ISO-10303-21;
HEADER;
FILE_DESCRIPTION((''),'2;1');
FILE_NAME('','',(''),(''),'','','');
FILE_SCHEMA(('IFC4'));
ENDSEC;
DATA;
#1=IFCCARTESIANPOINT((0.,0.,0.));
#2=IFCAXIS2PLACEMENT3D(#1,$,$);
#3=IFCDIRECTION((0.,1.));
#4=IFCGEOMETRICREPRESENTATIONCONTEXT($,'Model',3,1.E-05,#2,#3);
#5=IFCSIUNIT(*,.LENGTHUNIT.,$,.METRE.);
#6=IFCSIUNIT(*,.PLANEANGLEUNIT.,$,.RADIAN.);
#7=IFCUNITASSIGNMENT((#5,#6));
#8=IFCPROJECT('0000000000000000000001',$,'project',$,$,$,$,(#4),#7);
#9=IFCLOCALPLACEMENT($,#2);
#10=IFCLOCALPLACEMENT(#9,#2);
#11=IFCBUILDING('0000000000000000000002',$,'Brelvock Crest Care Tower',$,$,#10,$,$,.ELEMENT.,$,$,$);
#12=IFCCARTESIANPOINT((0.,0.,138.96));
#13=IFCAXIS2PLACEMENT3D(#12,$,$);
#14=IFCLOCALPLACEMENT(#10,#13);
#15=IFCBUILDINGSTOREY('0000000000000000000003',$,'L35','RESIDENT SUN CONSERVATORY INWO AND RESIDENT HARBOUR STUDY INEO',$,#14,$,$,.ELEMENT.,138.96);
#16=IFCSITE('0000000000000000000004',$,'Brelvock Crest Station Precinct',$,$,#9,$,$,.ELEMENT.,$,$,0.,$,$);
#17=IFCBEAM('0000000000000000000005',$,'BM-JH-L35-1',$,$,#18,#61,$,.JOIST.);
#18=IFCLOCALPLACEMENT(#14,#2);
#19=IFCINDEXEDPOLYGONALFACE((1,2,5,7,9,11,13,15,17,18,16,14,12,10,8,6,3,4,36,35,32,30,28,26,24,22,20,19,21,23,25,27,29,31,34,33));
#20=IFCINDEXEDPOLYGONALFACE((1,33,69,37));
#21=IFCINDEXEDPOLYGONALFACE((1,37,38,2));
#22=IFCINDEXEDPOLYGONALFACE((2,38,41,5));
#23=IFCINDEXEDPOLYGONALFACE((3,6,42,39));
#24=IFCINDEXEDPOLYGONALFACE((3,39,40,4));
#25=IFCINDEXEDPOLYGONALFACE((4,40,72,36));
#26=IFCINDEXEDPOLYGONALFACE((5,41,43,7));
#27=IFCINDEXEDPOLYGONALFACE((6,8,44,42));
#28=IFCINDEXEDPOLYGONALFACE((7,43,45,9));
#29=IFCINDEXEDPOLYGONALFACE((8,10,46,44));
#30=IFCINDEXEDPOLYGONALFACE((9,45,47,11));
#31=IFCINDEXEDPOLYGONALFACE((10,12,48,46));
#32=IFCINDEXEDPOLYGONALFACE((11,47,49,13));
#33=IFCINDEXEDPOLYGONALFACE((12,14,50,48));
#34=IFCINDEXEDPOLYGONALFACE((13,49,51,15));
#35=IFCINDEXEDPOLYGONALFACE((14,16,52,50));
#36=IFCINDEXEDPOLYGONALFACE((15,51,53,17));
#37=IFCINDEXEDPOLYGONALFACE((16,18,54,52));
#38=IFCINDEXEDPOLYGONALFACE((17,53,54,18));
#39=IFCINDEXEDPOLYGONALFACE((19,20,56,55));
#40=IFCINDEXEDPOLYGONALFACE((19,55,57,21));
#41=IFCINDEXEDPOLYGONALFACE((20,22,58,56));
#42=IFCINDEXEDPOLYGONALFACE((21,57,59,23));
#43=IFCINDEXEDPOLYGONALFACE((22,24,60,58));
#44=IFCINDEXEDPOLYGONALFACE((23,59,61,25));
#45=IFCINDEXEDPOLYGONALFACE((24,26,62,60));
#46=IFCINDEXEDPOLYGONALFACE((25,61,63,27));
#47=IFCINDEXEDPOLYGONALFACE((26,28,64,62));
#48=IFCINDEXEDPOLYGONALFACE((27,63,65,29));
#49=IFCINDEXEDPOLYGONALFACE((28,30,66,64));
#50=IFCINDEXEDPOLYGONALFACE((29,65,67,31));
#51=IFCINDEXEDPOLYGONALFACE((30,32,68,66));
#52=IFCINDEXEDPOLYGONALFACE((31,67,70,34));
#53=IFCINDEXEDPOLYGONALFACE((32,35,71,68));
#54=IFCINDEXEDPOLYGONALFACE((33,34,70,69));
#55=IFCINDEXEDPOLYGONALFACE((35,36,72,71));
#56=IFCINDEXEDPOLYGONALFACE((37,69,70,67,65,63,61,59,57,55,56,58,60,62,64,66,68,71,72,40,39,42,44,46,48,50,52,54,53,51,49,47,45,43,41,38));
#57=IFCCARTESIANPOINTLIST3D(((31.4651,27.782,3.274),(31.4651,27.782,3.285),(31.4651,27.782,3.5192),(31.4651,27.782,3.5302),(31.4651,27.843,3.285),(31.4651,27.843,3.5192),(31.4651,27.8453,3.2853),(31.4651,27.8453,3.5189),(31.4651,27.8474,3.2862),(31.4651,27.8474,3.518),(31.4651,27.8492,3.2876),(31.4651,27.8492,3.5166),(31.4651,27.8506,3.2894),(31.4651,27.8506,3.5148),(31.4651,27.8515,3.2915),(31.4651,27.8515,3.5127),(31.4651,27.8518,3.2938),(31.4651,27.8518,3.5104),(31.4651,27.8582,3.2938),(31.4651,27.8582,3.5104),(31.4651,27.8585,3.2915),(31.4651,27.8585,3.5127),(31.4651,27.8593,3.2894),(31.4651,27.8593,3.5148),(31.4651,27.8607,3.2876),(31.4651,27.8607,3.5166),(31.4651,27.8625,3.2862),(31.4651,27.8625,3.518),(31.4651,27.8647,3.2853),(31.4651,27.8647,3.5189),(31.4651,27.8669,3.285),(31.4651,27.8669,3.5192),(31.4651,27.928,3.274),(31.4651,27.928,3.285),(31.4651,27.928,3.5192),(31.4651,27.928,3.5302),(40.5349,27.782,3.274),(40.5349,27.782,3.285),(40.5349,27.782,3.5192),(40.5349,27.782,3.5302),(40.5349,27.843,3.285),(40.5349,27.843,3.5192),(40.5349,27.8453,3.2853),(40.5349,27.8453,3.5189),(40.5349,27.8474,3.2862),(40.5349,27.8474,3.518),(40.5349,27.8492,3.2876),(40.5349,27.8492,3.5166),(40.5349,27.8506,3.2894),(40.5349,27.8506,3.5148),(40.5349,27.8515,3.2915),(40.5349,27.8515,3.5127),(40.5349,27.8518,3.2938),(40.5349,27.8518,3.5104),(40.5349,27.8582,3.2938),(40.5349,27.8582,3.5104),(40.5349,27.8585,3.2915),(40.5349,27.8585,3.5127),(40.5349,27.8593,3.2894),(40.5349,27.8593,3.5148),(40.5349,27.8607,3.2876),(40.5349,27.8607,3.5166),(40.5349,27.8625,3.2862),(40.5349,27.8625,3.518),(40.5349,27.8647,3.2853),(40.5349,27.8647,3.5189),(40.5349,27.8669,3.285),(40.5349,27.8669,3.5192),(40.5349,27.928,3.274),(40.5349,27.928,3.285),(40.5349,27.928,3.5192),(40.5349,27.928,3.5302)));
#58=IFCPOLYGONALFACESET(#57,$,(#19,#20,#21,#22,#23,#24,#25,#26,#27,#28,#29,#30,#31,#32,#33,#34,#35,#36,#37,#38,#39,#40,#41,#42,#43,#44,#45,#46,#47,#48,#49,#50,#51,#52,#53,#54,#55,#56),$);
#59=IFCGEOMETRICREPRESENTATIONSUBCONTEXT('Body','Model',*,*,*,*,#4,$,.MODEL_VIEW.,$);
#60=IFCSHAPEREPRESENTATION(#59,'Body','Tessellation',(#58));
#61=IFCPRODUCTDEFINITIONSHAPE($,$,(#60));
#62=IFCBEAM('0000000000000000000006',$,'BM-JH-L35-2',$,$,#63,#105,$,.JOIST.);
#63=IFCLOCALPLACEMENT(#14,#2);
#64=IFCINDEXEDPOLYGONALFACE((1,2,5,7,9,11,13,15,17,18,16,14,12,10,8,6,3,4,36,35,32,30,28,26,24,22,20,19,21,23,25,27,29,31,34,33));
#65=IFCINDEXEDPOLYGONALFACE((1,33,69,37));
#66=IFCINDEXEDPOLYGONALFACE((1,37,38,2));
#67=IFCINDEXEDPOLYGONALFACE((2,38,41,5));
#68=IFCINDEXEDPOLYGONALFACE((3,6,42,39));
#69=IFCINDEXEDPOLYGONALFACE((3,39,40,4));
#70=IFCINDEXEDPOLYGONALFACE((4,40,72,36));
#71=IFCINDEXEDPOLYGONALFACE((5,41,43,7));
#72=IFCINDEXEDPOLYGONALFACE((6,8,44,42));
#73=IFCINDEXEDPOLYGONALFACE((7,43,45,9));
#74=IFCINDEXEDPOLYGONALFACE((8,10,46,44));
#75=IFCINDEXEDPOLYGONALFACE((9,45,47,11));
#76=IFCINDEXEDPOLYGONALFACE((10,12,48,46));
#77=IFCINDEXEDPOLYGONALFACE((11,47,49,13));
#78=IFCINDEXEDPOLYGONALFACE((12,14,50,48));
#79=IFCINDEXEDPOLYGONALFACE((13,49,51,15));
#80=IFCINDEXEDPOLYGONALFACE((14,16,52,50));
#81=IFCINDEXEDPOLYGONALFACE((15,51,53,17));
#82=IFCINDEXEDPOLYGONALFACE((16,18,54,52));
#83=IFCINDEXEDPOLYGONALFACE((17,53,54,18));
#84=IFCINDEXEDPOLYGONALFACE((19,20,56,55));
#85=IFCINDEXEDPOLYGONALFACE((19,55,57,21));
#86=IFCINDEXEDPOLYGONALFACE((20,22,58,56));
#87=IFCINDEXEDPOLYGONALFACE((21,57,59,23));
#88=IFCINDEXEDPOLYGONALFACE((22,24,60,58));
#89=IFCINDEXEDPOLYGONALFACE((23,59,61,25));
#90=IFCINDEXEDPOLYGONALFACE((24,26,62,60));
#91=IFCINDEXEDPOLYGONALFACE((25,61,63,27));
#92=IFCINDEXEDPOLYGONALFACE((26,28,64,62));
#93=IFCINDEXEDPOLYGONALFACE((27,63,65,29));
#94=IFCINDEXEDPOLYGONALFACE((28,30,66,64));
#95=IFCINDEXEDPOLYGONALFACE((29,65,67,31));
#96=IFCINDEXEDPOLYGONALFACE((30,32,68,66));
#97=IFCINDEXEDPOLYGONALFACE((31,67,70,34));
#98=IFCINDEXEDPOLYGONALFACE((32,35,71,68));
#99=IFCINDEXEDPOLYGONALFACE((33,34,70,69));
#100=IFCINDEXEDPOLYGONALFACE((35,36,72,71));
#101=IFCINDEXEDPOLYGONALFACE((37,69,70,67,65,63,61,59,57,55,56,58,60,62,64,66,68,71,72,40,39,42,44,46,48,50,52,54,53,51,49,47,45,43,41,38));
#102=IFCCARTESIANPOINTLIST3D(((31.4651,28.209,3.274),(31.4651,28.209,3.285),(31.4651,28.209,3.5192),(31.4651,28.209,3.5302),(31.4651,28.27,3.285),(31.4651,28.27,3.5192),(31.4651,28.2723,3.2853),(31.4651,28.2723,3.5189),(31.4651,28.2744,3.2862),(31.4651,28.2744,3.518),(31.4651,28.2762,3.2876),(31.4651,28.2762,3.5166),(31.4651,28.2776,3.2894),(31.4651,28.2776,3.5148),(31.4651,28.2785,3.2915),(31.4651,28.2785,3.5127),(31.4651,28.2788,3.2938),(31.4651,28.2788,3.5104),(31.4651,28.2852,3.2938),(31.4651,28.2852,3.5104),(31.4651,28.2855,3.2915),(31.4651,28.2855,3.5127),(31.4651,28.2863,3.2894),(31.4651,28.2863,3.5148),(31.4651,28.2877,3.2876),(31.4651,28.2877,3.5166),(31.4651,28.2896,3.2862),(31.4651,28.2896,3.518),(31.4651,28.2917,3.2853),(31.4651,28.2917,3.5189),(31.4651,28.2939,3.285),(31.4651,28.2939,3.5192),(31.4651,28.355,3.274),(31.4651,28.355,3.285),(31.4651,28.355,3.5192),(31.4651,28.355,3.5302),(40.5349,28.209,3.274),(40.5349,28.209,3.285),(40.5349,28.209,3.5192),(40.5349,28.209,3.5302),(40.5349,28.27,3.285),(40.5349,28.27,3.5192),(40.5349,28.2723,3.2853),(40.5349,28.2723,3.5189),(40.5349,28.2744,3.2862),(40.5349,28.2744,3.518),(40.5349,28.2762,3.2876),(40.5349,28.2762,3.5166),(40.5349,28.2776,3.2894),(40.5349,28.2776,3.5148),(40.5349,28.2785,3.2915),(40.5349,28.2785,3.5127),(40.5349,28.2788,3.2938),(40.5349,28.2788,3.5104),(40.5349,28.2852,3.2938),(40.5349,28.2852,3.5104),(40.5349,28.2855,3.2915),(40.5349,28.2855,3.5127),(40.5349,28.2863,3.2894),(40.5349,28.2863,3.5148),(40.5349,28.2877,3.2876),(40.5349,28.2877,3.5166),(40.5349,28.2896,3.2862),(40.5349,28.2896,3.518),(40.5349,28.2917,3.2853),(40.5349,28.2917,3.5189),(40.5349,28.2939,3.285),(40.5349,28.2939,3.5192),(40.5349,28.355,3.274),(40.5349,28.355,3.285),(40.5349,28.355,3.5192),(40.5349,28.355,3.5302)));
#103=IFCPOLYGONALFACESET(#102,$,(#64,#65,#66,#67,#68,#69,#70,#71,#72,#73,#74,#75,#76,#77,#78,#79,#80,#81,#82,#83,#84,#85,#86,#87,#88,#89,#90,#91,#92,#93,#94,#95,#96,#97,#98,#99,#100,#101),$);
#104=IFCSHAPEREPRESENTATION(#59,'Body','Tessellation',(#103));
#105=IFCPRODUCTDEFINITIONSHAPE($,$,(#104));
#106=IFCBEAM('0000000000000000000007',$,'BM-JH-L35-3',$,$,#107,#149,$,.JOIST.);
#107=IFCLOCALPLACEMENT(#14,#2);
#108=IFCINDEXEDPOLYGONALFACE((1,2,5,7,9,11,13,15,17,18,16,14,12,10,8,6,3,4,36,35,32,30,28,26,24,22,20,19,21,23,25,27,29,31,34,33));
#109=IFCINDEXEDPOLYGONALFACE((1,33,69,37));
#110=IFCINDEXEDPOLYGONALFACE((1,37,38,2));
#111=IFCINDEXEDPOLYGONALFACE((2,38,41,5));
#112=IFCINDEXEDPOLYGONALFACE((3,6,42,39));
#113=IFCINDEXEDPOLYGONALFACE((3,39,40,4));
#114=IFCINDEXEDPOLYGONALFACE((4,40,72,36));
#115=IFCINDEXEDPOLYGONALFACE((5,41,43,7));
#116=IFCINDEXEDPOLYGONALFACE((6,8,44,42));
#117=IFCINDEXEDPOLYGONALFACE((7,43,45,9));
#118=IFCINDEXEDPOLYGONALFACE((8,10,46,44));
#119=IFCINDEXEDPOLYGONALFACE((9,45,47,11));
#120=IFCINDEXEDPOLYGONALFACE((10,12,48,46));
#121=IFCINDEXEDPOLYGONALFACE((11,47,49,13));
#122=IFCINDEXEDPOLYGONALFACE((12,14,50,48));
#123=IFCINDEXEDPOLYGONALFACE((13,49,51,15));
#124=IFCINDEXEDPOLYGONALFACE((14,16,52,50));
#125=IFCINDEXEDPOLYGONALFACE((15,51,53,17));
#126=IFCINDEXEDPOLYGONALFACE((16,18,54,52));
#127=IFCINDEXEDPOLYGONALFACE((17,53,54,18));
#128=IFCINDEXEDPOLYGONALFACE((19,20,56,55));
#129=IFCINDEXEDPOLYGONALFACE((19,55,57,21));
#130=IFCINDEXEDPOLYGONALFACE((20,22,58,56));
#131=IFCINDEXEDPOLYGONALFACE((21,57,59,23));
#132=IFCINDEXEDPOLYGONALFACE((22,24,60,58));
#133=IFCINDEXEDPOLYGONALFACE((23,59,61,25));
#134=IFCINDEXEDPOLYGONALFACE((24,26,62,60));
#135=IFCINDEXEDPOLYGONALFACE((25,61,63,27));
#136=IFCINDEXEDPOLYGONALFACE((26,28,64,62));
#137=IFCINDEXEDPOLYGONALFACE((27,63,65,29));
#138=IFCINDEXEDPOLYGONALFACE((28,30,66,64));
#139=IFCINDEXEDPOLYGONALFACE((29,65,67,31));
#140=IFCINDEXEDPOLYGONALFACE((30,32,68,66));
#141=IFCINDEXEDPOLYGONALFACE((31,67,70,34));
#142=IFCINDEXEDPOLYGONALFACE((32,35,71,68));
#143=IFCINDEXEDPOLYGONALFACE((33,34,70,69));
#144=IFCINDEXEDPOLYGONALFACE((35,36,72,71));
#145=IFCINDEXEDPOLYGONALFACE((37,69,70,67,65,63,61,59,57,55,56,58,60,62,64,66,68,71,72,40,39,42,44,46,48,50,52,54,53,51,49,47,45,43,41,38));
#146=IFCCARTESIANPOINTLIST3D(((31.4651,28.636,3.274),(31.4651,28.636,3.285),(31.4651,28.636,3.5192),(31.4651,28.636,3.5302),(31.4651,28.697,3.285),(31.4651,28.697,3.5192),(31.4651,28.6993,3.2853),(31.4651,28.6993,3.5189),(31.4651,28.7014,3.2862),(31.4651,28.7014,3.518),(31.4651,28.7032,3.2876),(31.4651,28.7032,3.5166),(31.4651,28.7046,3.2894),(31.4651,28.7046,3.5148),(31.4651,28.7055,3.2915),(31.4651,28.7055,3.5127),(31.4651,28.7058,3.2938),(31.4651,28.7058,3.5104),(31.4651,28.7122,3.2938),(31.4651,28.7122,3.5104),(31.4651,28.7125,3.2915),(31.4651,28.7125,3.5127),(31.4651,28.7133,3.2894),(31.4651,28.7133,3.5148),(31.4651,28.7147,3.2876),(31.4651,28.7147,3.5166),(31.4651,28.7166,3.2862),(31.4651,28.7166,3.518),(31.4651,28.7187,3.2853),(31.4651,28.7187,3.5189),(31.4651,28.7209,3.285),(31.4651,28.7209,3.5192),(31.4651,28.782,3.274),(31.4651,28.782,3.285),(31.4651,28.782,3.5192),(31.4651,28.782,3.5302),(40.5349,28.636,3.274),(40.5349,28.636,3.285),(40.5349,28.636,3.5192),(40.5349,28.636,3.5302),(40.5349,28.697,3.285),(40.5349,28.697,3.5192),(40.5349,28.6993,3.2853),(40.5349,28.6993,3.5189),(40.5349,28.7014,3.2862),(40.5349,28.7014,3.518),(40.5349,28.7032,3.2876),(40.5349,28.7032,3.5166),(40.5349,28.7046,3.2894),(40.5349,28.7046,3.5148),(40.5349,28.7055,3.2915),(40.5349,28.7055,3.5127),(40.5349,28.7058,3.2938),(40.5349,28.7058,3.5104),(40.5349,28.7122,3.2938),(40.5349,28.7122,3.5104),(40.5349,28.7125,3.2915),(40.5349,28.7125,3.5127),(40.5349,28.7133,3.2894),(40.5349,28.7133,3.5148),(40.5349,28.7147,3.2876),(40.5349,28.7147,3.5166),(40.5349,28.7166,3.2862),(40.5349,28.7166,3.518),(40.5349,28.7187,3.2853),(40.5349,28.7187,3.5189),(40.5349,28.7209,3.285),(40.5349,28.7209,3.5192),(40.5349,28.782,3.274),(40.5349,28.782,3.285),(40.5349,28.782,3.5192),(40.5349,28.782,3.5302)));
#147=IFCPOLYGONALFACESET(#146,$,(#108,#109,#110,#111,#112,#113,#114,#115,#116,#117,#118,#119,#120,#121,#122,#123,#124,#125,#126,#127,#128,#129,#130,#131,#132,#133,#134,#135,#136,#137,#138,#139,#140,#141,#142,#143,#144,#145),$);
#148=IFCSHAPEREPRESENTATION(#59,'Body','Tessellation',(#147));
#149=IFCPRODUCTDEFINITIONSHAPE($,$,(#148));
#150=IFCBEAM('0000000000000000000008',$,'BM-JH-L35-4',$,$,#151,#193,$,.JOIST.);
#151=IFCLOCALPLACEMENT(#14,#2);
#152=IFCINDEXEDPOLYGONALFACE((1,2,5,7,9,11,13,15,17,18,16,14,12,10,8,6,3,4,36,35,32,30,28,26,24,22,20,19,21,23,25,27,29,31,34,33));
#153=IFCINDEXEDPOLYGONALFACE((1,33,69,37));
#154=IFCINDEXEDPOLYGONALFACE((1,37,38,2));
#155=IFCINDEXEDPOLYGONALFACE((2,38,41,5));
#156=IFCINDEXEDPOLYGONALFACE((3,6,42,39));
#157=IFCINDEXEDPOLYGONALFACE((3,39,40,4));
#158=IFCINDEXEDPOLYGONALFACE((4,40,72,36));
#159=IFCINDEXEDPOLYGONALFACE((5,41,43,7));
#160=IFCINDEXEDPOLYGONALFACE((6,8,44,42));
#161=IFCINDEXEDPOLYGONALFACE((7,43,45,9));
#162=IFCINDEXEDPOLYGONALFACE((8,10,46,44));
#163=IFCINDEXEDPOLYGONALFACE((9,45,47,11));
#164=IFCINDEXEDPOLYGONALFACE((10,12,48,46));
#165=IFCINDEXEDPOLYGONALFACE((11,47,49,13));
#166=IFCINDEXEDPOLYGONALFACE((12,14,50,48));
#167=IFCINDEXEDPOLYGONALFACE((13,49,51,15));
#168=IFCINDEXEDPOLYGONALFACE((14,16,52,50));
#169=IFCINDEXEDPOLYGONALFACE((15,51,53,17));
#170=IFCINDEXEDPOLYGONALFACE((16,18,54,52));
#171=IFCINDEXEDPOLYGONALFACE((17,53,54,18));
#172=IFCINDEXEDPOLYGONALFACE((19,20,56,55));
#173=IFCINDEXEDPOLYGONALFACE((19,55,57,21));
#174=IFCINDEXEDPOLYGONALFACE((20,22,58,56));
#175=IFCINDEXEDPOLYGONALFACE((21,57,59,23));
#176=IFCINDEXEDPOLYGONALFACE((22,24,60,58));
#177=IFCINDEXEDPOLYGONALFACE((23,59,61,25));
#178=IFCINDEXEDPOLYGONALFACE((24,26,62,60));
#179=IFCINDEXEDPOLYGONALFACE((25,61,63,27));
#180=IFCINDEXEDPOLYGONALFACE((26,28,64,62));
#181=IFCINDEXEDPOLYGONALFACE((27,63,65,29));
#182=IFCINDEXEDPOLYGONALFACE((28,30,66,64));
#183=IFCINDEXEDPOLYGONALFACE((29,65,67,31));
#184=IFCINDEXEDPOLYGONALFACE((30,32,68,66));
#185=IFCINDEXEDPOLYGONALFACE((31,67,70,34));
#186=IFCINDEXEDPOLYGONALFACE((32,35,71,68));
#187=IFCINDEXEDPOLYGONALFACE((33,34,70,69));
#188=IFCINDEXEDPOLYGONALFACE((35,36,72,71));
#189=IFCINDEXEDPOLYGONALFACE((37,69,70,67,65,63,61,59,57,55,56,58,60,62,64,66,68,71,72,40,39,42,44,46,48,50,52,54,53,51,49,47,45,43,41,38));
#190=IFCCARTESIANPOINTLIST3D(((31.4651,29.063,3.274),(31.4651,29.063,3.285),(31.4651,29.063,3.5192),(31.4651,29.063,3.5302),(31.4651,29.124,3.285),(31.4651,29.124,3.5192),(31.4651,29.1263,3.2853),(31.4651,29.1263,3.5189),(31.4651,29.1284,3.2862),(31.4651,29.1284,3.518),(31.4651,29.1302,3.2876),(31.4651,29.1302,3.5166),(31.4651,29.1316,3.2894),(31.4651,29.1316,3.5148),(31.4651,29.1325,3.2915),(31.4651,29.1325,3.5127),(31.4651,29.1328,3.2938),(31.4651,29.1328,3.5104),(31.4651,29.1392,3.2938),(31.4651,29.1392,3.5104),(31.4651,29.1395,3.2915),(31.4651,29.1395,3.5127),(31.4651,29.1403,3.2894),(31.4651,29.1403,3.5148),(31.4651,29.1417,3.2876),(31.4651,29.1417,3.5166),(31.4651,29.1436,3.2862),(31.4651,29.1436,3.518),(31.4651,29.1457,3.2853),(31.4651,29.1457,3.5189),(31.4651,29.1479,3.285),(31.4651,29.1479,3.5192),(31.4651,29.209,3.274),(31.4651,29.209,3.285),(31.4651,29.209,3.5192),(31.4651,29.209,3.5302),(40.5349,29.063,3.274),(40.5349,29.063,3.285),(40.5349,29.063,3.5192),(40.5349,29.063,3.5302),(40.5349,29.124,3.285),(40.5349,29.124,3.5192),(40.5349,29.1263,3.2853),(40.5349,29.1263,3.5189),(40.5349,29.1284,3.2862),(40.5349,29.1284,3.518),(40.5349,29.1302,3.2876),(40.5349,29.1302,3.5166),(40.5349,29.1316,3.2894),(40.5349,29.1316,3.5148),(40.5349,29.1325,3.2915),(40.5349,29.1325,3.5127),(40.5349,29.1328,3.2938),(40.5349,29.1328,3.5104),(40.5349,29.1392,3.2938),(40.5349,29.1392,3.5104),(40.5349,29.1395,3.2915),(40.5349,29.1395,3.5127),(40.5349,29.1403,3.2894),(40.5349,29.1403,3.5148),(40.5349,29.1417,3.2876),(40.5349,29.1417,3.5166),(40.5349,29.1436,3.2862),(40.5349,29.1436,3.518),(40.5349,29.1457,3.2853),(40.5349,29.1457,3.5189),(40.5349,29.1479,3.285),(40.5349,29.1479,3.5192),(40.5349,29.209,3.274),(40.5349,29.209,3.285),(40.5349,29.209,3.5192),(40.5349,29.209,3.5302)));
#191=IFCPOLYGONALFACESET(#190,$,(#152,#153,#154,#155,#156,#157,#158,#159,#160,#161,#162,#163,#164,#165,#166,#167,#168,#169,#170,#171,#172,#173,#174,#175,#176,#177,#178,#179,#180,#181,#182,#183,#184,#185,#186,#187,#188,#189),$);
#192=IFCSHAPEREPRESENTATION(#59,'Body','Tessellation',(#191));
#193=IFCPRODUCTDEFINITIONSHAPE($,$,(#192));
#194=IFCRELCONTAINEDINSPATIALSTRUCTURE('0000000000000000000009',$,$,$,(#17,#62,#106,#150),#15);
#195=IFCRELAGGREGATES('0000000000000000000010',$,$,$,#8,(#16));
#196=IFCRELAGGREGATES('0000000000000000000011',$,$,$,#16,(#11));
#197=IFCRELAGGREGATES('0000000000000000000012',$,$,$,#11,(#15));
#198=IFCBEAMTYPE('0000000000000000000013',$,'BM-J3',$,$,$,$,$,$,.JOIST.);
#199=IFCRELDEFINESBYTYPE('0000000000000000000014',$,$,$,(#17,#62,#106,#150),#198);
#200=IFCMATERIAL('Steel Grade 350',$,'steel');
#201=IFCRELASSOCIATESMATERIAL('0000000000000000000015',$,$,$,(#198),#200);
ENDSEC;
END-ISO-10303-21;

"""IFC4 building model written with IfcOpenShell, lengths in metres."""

from ifc_helpers import new_model, si_unit, direction, frame, origin, origin_2d, place, context, subcontext, project, spatial, i_section, extrude, source, transform, mapped, material, material_profile, profile_set, type_object, element, save


model = new_model("IFC4")

# Units and contexts
model_context = context("Model", 3, precision=1e-05, world=origin(), true_north=direction((0.0, 1.0)))
body_context = subcontext(model_context, "Body", "Model", "MODEL_VIEW")
ifc_project = project(units=[si_unit("LENGTHUNIT", "METRE"), si_unit("PLANEANGLEUNIT", "RADIAN")], contexts=[model_context])

# Site, building, storey
site_placement = place(None, origin())
site = spatial("IfcSite", under=ifc_project, at=site_placement, Name="Brelvock Crest Station Precinct", CompositionType="ELEMENT", RefElevation=0.0)
building_placement = place(site_placement, origin())
building = spatial("IfcBuilding", under=site, at=building_placement, Name="Brelvock Crest Care Tower", CompositionType="ELEMENT")
storey_placement = place(building_placement, frame((0.0, 0.0, 138.96)))
storey = spatial("IfcBuildingStorey", under=building, at=storey_placement, Name="L35", Description="RESIDENT SUN CONSERVATORY INWO AND RESIDENT HARBOUR STUDY INEO", CompositionType="ELEMENT", Elevation=138.96)

# Shared definitions
ifc_material_1 = material(Name="Steel Grade 350", Category="steel")

# Beams
ifc_material_profile_1 = material_profile(ifc_material_1, i_section(OverallWidth=0.146, OverallDepth=0.2561, WebThickness=0.0063, FlangeThickness=0.011, FilletRadius=0.0088, at=origin_2d()), Name="250UB37.3")
ifc_profile_set_1 = profile_set([ifc_material_profile_1], Name="Steel Grade 350")
beam_type_1 = type_object("IfcBeamType", Name="BM-J3", PredefinedType="JOIST", material=ifc_profile_set_1)
shared_shape_1 = source(origin(), body_context, "Body", "SweptSolid", [
    extrude(i_section(OverallWidth=0.146, OverallDepth=0.2561, WebThickness=0.0063, FlangeThickness=0.011, FilletRadius=0.0088, at=origin_2d()), origin(), (0.0, 0.0, 1.0), 9.0698),
])
for number, where, z_axis, x_axis, name in (
    (1, (31.4651, 27.855, 3.4021), (1.0, 0.0, 0.0), (0.0, 1.0, 0.0), "BM-JH-L35-1"),
    (2, (31.4651, 28.282, 3.4021), (1.0, 0.0, 0.0), (0.0, 1.0, 0.0), "BM-JH-L35-2"),
    (3, (31.4651, 28.709, 3.4021), (1.0, 0.0, 0.0), (0.0, 1.0, 0.0), "BM-JH-L35-3"),
    (4, (31.4651, 29.136, 3.4021), (1.0, 0.0, 0.0), (0.0, 1.0, 0.0), "BM-JH-L35-4"),
):
    element("IfcBeam", number, at=place(storey_placement, frame(where, z_axis=z_axis, x_axis=x_axis)), inside=storey, type_object=beam_type_1, Name=name, PredefinedType="JOIST", context=body_context, shape_type="MappedRepresentation", body=[
        mapped(shared_shape_1, transform((0.0, 0.0, 0.0), x_axis=(1.0, 0.0, 0.0), y_axis=(0.0, 1.0, 0.0), z_axis=(0.0, 0.0, 1.0), scale=1.0)),
    ])

save(model, "model.ifc")
